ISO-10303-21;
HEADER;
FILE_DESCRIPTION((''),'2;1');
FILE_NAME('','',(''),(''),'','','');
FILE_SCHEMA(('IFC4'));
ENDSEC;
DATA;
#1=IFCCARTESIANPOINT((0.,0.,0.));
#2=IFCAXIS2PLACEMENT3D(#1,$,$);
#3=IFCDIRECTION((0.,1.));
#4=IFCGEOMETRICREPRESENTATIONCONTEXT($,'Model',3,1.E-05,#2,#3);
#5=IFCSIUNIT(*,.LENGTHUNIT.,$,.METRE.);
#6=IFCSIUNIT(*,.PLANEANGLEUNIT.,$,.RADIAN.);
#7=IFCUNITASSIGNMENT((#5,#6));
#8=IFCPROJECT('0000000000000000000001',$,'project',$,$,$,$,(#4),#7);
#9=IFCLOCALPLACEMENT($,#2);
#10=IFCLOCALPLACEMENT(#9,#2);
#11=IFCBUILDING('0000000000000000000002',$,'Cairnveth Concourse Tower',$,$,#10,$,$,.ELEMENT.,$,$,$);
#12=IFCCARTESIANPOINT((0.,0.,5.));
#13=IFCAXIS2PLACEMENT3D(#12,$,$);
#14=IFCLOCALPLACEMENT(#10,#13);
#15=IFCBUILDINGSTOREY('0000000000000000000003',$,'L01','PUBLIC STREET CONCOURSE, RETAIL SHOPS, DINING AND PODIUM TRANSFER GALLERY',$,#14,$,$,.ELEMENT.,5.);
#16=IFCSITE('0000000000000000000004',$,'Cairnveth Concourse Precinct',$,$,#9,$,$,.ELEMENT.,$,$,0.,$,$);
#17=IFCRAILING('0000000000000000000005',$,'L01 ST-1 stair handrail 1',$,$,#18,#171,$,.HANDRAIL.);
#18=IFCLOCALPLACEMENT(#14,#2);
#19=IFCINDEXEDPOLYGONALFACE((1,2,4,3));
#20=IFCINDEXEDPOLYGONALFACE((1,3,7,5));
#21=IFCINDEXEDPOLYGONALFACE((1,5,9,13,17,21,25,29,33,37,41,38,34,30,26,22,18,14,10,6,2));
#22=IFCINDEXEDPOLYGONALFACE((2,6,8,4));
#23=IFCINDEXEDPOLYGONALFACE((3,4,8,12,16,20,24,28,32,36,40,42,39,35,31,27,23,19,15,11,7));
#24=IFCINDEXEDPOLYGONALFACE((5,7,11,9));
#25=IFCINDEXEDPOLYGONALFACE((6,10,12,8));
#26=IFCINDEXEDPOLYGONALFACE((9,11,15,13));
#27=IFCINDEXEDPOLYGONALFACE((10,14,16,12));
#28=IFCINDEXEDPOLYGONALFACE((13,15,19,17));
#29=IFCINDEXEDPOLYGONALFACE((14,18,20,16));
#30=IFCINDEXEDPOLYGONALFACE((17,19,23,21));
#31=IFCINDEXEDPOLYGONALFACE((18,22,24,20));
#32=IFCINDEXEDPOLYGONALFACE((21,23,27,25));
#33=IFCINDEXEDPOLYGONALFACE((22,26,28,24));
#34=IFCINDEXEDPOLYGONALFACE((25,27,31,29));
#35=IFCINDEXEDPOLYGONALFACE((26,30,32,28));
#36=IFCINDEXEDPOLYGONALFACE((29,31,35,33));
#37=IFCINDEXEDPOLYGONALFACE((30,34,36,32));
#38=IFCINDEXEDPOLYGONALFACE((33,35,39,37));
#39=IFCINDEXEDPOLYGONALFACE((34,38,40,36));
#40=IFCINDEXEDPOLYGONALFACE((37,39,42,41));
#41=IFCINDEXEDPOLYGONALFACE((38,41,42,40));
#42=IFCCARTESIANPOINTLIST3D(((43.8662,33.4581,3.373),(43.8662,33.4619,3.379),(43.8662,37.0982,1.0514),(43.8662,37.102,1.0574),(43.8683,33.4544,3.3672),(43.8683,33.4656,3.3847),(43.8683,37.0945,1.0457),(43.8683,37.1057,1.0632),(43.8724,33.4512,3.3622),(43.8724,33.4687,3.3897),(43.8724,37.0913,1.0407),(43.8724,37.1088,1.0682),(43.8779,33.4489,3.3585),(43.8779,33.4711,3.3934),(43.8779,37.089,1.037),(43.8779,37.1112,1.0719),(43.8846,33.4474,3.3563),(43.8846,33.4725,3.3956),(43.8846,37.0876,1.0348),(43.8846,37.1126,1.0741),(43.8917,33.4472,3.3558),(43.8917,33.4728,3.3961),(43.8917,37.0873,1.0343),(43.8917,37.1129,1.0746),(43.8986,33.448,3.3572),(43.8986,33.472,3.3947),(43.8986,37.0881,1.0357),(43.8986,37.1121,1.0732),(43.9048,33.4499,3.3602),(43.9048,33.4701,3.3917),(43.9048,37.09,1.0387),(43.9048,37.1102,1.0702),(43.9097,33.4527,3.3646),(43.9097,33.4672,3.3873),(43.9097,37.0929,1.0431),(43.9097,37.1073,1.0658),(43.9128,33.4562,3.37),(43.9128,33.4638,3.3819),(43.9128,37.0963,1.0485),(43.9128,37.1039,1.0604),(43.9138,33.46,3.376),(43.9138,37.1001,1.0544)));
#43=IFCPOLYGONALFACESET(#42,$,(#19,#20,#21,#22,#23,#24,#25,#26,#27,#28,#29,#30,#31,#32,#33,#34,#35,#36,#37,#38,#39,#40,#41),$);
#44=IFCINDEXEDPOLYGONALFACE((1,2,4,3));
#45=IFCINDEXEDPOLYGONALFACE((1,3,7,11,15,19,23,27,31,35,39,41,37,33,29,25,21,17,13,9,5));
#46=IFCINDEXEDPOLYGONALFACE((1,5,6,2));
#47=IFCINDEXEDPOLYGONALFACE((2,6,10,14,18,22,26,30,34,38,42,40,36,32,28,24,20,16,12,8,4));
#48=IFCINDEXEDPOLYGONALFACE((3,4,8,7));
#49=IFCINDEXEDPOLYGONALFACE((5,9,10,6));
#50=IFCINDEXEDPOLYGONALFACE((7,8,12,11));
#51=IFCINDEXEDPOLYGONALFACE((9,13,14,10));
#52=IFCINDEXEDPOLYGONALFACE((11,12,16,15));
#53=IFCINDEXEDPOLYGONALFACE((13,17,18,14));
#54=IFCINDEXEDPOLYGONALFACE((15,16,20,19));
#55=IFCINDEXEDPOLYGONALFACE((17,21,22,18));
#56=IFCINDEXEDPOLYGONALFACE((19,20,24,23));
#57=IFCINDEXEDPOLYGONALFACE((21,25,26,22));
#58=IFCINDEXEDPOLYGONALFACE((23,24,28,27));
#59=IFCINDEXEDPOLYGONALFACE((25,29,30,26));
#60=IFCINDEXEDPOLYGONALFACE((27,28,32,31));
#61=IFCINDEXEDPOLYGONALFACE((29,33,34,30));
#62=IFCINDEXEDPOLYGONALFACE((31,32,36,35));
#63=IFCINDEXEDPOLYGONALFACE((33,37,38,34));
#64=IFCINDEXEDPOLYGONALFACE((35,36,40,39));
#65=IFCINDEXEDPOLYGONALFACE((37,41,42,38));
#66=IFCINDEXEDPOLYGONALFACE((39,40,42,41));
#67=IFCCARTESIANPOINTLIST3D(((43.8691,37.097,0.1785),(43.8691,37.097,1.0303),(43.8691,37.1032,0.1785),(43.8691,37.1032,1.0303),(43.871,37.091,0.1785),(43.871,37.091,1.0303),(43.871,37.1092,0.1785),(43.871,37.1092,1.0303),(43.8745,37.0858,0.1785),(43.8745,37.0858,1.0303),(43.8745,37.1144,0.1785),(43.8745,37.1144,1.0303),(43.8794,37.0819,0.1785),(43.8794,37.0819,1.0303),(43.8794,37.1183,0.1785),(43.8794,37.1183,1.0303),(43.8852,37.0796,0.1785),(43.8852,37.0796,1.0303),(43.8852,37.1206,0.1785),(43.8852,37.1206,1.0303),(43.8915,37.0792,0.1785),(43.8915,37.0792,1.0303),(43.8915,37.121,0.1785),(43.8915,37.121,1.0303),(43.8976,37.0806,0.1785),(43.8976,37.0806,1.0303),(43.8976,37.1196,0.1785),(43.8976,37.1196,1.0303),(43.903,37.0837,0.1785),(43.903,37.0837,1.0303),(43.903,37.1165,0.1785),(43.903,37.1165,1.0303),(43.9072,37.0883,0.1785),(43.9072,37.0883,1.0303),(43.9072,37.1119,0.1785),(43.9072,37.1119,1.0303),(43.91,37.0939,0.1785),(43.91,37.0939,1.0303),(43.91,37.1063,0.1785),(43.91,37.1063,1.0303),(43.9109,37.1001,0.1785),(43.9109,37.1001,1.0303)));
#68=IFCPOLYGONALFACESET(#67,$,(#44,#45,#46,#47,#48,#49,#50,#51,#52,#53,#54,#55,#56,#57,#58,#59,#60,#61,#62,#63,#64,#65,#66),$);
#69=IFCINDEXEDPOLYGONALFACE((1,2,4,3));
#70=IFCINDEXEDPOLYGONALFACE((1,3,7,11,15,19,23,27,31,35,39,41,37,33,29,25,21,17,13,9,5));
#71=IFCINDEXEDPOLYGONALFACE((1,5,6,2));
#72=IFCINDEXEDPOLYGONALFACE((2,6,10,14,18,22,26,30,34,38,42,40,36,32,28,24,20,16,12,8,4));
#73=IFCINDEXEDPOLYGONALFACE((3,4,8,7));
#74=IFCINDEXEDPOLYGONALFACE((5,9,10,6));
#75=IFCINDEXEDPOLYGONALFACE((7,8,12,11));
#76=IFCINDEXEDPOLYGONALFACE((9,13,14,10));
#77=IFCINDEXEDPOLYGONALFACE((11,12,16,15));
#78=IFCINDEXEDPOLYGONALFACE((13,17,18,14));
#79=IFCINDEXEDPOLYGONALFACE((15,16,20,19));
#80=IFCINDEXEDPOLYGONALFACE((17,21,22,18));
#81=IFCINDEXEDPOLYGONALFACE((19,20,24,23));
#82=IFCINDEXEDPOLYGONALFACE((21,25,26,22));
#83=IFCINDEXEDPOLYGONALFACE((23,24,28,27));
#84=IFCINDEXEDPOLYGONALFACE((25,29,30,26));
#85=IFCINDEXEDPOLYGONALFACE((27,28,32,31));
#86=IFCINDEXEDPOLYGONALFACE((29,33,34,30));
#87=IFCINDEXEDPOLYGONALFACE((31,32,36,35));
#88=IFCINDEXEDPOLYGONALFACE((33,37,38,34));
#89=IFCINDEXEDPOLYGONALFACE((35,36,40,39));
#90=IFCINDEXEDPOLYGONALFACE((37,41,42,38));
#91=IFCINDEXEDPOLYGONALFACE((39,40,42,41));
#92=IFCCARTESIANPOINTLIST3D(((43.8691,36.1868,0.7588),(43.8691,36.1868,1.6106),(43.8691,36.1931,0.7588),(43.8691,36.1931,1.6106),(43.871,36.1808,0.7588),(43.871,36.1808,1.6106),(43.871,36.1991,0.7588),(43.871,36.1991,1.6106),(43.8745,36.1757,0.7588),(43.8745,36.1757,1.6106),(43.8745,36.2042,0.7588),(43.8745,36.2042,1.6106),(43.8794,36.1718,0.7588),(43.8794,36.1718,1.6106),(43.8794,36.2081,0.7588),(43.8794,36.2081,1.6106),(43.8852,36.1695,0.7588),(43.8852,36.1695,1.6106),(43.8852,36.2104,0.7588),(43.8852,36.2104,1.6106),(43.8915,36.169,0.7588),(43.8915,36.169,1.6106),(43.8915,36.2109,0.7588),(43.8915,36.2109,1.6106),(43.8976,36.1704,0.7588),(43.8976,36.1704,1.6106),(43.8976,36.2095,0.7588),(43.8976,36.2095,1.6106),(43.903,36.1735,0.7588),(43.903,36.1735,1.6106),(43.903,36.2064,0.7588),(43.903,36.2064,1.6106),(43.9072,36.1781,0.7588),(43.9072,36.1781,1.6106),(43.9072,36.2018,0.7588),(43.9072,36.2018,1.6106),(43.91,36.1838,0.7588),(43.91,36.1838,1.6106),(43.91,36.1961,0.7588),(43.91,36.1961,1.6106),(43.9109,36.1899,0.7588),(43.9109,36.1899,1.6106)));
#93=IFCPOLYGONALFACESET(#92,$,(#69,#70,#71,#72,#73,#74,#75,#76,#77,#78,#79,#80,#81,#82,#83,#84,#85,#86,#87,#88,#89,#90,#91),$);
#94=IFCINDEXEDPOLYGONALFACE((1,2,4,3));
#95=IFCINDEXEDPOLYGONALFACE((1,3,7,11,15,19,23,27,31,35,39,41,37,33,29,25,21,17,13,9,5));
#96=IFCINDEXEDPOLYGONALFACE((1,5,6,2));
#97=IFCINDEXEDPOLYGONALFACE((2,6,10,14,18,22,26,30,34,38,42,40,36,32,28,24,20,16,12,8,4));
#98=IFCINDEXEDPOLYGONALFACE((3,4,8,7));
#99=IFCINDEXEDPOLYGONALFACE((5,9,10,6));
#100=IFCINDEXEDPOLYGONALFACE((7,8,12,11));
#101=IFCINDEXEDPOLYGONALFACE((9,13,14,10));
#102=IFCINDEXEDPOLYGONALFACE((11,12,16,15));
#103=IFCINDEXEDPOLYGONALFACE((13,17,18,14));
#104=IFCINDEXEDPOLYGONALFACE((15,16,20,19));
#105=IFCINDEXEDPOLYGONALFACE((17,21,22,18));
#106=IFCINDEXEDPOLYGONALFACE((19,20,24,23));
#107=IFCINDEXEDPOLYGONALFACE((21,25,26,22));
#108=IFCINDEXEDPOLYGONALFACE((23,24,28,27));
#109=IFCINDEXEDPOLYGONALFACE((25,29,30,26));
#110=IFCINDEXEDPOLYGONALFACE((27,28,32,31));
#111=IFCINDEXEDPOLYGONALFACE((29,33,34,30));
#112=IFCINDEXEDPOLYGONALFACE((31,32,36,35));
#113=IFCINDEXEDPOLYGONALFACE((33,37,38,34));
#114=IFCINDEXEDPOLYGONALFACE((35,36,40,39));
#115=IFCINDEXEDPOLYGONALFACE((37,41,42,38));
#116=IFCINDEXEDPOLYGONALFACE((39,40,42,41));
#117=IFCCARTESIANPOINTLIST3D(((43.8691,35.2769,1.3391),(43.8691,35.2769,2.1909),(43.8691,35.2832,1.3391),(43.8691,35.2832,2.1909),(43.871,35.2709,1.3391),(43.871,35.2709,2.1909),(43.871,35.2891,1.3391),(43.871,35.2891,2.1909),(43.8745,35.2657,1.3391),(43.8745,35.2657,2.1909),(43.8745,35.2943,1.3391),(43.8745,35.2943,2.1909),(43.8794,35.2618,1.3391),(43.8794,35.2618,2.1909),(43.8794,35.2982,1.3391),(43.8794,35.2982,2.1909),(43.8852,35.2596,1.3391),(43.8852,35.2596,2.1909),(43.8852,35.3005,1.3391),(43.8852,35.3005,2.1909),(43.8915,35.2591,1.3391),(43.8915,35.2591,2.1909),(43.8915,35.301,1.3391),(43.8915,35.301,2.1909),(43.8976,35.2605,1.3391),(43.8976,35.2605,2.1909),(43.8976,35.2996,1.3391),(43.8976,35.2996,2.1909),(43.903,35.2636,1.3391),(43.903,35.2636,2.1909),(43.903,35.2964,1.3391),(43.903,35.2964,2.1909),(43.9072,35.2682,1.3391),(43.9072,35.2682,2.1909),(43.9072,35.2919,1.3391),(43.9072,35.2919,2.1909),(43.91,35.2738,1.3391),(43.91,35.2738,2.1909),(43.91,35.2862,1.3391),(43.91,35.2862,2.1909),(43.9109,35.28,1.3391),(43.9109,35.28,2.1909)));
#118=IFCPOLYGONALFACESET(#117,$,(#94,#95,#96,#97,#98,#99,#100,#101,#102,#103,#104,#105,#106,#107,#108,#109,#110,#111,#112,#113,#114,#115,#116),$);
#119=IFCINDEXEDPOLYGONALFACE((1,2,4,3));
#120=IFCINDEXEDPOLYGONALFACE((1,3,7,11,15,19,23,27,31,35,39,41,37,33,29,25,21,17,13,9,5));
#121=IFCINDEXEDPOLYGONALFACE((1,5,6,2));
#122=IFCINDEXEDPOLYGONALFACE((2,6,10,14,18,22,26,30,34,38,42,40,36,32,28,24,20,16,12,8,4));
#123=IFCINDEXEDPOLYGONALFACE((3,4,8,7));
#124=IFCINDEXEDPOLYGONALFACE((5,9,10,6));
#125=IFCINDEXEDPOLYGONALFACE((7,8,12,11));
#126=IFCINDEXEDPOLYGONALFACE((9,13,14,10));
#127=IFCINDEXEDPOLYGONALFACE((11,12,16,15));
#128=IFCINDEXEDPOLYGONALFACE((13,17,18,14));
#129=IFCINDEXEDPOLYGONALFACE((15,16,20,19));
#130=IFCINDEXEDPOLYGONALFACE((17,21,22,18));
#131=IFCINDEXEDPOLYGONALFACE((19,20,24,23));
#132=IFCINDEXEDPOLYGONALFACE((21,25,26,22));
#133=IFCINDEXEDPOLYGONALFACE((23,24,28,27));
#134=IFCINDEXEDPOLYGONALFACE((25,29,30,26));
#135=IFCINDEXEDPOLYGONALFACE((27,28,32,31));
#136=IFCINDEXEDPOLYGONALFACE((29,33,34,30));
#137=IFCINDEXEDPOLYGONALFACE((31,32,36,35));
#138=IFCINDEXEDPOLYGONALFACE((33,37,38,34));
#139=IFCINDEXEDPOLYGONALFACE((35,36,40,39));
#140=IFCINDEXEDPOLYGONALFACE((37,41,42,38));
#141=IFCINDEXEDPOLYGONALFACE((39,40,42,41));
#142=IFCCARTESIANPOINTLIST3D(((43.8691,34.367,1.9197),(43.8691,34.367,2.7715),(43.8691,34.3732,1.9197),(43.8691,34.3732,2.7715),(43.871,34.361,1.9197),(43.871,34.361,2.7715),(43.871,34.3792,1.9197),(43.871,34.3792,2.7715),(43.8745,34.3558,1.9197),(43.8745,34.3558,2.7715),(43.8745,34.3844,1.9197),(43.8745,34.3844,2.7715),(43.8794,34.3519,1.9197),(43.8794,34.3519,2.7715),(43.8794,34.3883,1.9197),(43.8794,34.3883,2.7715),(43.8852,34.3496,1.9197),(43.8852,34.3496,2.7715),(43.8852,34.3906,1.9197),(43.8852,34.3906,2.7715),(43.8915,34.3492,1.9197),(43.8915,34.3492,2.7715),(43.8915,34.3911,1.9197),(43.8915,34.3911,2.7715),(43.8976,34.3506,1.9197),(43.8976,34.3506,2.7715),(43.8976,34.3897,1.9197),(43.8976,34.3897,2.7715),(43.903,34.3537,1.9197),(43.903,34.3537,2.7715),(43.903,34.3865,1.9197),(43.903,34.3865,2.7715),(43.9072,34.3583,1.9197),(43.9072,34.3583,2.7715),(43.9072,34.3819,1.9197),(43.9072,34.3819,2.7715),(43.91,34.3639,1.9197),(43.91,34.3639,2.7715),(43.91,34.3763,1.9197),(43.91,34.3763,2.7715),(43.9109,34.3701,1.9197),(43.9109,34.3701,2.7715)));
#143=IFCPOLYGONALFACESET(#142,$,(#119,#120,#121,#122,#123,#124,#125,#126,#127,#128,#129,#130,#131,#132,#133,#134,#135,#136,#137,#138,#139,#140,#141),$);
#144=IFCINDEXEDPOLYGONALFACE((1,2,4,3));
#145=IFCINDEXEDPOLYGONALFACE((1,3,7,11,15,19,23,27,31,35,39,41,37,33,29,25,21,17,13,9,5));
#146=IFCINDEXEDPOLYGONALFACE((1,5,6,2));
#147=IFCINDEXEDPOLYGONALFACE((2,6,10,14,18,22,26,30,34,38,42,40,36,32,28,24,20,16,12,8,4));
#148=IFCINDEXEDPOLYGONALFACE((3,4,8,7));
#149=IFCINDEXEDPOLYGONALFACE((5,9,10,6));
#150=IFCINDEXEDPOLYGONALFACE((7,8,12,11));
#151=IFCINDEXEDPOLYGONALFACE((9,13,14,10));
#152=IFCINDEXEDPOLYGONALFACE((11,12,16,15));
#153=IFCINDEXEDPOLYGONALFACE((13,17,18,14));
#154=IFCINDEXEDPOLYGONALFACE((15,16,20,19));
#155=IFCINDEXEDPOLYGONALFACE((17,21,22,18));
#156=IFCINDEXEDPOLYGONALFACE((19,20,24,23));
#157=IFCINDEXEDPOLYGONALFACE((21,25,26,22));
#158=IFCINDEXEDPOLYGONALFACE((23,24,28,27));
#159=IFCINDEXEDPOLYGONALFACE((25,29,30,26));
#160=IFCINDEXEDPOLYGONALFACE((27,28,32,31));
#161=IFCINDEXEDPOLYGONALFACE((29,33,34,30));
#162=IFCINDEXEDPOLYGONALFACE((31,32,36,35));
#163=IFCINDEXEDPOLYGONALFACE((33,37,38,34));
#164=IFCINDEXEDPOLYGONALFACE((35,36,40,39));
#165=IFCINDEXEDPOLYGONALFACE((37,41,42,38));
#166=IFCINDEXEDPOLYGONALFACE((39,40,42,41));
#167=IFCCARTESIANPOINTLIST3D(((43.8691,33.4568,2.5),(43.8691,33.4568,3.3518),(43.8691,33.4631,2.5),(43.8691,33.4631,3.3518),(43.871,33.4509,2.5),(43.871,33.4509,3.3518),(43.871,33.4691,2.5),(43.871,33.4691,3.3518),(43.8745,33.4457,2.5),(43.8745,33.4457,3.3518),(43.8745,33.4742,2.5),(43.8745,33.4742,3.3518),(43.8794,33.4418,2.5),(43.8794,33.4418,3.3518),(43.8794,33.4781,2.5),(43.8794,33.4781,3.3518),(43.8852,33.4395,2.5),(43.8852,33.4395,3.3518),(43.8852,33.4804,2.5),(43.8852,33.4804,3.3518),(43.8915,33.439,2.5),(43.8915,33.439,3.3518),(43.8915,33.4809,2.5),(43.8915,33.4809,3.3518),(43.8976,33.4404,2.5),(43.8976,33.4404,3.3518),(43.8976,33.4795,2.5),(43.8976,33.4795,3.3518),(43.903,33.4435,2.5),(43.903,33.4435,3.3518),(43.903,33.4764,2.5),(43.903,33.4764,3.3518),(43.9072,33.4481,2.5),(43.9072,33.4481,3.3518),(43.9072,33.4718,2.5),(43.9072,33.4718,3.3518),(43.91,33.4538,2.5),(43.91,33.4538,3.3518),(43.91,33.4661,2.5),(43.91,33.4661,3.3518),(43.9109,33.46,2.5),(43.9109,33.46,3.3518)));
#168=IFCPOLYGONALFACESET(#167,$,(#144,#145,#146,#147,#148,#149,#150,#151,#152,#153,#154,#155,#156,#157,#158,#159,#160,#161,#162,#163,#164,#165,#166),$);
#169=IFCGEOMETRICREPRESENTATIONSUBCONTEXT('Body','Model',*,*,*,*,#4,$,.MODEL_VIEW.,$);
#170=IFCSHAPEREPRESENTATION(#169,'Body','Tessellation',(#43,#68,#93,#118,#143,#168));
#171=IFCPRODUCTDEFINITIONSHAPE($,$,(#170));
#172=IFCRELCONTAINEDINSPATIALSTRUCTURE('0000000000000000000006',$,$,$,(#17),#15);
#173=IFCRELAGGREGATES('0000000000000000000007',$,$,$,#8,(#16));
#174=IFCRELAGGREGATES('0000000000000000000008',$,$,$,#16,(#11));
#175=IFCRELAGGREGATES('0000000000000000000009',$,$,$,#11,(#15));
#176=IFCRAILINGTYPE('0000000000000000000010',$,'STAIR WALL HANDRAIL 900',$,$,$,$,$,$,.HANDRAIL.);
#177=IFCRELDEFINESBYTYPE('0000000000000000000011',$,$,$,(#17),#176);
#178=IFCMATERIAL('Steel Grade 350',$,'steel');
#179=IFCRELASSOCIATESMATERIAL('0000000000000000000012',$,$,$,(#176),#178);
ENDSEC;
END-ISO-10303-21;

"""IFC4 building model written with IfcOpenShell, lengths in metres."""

from ifc_helpers import new_model, si_unit, direction, frame, origin, origin_2d, place, context, subcontext, project, spatial, circle, extrude, material, type_object, element, save


model = new_model("IFC4")

# Units and contexts
model_context = context("Model", 3, precision=1e-05, world=origin(), true_north=direction((0.0, 1.0)))
body_context = subcontext(model_context, "Body", "Model", "MODEL_VIEW")
ifc_project = project(units=[si_unit("LENGTHUNIT", "METRE"), si_unit("PLANEANGLEUNIT", "RADIAN")], contexts=[model_context])

# Site, building, storey
site_placement = place(None, origin())
site = spatial("IfcSite", under=ifc_project, at=site_placement, Name="Cairnveth Concourse Precinct", CompositionType="ELEMENT", RefElevation=0.0)
building_placement = place(site_placement, origin())
building = spatial("IfcBuilding", under=site, at=building_placement, Name="Cairnveth Concourse Tower", CompositionType="ELEMENT")
storey_placement = place(building_placement, frame((0.0, 0.0, 5.0)))
storey = spatial("IfcBuildingStorey", under=building, at=storey_placement, Name="L01", Description="PUBLIC STREET CONCOURSE, RETAIL SHOPS, DINING AND PODIUM TRANSFER GALLERY", CompositionType="ELEMENT", Elevation=5.0)

# Shared definitions
ifc_material_1 = material(Name="Steel Grade 350", Category="steel")

# Railing
railing_type_1 = type_object("IfcRailingType", Name="STAIR WALL HANDRAIL 900", PredefinedType="HANDRAIL", material=ifc_material_1)
railing_1_placement = place(storey_placement, frame((43.8899, 37.1001, 0.1785)))
element("IfcRailing", 1, at=railing_1_placement, inside=storey, type_object=railing_type_1, Name="L01 ST-1 stair handrail 1", PredefinedType="HANDRAIL", context=body_context, shape_type="SweptSolid", body=[
    extrude(circle(Radius=0.0239, at=origin_2d()), frame((0.0, 0.0, 0.876), z_axis=(0.0, -0.843128, 0.537713), x_axis=(1.0, 0.0, 0.0)), (0.0, 0.0, 1.0), 4.3174),
    extrude(circle(Radius=0.021, at=origin_2d()), origin(), (0.0, 0.0, 1.0), 0.8518),
    extrude(circle(Radius=0.021, at=origin_2d()), frame((0.0, -0.9102, 0.5803)), (0.0, 0.0, 1.0), 0.8518),
    extrude(circle(Radius=0.021, at=origin_2d()), frame((0.0, -1.8201, 1.1606)), (0.0, 0.0, 1.0), 0.8518),
    extrude(circle(Radius=0.021, at=origin_2d()), frame((0.0, -2.73, 1.7412)), (0.0, 0.0, 1.0), 0.8518),
    extrude(circle(Radius=0.021, at=origin_2d()), frame((0.0, -3.6401, 2.3215)), (0.0, 0.0, 1.0), 0.8518),
])

save(model, "model.ifc")
